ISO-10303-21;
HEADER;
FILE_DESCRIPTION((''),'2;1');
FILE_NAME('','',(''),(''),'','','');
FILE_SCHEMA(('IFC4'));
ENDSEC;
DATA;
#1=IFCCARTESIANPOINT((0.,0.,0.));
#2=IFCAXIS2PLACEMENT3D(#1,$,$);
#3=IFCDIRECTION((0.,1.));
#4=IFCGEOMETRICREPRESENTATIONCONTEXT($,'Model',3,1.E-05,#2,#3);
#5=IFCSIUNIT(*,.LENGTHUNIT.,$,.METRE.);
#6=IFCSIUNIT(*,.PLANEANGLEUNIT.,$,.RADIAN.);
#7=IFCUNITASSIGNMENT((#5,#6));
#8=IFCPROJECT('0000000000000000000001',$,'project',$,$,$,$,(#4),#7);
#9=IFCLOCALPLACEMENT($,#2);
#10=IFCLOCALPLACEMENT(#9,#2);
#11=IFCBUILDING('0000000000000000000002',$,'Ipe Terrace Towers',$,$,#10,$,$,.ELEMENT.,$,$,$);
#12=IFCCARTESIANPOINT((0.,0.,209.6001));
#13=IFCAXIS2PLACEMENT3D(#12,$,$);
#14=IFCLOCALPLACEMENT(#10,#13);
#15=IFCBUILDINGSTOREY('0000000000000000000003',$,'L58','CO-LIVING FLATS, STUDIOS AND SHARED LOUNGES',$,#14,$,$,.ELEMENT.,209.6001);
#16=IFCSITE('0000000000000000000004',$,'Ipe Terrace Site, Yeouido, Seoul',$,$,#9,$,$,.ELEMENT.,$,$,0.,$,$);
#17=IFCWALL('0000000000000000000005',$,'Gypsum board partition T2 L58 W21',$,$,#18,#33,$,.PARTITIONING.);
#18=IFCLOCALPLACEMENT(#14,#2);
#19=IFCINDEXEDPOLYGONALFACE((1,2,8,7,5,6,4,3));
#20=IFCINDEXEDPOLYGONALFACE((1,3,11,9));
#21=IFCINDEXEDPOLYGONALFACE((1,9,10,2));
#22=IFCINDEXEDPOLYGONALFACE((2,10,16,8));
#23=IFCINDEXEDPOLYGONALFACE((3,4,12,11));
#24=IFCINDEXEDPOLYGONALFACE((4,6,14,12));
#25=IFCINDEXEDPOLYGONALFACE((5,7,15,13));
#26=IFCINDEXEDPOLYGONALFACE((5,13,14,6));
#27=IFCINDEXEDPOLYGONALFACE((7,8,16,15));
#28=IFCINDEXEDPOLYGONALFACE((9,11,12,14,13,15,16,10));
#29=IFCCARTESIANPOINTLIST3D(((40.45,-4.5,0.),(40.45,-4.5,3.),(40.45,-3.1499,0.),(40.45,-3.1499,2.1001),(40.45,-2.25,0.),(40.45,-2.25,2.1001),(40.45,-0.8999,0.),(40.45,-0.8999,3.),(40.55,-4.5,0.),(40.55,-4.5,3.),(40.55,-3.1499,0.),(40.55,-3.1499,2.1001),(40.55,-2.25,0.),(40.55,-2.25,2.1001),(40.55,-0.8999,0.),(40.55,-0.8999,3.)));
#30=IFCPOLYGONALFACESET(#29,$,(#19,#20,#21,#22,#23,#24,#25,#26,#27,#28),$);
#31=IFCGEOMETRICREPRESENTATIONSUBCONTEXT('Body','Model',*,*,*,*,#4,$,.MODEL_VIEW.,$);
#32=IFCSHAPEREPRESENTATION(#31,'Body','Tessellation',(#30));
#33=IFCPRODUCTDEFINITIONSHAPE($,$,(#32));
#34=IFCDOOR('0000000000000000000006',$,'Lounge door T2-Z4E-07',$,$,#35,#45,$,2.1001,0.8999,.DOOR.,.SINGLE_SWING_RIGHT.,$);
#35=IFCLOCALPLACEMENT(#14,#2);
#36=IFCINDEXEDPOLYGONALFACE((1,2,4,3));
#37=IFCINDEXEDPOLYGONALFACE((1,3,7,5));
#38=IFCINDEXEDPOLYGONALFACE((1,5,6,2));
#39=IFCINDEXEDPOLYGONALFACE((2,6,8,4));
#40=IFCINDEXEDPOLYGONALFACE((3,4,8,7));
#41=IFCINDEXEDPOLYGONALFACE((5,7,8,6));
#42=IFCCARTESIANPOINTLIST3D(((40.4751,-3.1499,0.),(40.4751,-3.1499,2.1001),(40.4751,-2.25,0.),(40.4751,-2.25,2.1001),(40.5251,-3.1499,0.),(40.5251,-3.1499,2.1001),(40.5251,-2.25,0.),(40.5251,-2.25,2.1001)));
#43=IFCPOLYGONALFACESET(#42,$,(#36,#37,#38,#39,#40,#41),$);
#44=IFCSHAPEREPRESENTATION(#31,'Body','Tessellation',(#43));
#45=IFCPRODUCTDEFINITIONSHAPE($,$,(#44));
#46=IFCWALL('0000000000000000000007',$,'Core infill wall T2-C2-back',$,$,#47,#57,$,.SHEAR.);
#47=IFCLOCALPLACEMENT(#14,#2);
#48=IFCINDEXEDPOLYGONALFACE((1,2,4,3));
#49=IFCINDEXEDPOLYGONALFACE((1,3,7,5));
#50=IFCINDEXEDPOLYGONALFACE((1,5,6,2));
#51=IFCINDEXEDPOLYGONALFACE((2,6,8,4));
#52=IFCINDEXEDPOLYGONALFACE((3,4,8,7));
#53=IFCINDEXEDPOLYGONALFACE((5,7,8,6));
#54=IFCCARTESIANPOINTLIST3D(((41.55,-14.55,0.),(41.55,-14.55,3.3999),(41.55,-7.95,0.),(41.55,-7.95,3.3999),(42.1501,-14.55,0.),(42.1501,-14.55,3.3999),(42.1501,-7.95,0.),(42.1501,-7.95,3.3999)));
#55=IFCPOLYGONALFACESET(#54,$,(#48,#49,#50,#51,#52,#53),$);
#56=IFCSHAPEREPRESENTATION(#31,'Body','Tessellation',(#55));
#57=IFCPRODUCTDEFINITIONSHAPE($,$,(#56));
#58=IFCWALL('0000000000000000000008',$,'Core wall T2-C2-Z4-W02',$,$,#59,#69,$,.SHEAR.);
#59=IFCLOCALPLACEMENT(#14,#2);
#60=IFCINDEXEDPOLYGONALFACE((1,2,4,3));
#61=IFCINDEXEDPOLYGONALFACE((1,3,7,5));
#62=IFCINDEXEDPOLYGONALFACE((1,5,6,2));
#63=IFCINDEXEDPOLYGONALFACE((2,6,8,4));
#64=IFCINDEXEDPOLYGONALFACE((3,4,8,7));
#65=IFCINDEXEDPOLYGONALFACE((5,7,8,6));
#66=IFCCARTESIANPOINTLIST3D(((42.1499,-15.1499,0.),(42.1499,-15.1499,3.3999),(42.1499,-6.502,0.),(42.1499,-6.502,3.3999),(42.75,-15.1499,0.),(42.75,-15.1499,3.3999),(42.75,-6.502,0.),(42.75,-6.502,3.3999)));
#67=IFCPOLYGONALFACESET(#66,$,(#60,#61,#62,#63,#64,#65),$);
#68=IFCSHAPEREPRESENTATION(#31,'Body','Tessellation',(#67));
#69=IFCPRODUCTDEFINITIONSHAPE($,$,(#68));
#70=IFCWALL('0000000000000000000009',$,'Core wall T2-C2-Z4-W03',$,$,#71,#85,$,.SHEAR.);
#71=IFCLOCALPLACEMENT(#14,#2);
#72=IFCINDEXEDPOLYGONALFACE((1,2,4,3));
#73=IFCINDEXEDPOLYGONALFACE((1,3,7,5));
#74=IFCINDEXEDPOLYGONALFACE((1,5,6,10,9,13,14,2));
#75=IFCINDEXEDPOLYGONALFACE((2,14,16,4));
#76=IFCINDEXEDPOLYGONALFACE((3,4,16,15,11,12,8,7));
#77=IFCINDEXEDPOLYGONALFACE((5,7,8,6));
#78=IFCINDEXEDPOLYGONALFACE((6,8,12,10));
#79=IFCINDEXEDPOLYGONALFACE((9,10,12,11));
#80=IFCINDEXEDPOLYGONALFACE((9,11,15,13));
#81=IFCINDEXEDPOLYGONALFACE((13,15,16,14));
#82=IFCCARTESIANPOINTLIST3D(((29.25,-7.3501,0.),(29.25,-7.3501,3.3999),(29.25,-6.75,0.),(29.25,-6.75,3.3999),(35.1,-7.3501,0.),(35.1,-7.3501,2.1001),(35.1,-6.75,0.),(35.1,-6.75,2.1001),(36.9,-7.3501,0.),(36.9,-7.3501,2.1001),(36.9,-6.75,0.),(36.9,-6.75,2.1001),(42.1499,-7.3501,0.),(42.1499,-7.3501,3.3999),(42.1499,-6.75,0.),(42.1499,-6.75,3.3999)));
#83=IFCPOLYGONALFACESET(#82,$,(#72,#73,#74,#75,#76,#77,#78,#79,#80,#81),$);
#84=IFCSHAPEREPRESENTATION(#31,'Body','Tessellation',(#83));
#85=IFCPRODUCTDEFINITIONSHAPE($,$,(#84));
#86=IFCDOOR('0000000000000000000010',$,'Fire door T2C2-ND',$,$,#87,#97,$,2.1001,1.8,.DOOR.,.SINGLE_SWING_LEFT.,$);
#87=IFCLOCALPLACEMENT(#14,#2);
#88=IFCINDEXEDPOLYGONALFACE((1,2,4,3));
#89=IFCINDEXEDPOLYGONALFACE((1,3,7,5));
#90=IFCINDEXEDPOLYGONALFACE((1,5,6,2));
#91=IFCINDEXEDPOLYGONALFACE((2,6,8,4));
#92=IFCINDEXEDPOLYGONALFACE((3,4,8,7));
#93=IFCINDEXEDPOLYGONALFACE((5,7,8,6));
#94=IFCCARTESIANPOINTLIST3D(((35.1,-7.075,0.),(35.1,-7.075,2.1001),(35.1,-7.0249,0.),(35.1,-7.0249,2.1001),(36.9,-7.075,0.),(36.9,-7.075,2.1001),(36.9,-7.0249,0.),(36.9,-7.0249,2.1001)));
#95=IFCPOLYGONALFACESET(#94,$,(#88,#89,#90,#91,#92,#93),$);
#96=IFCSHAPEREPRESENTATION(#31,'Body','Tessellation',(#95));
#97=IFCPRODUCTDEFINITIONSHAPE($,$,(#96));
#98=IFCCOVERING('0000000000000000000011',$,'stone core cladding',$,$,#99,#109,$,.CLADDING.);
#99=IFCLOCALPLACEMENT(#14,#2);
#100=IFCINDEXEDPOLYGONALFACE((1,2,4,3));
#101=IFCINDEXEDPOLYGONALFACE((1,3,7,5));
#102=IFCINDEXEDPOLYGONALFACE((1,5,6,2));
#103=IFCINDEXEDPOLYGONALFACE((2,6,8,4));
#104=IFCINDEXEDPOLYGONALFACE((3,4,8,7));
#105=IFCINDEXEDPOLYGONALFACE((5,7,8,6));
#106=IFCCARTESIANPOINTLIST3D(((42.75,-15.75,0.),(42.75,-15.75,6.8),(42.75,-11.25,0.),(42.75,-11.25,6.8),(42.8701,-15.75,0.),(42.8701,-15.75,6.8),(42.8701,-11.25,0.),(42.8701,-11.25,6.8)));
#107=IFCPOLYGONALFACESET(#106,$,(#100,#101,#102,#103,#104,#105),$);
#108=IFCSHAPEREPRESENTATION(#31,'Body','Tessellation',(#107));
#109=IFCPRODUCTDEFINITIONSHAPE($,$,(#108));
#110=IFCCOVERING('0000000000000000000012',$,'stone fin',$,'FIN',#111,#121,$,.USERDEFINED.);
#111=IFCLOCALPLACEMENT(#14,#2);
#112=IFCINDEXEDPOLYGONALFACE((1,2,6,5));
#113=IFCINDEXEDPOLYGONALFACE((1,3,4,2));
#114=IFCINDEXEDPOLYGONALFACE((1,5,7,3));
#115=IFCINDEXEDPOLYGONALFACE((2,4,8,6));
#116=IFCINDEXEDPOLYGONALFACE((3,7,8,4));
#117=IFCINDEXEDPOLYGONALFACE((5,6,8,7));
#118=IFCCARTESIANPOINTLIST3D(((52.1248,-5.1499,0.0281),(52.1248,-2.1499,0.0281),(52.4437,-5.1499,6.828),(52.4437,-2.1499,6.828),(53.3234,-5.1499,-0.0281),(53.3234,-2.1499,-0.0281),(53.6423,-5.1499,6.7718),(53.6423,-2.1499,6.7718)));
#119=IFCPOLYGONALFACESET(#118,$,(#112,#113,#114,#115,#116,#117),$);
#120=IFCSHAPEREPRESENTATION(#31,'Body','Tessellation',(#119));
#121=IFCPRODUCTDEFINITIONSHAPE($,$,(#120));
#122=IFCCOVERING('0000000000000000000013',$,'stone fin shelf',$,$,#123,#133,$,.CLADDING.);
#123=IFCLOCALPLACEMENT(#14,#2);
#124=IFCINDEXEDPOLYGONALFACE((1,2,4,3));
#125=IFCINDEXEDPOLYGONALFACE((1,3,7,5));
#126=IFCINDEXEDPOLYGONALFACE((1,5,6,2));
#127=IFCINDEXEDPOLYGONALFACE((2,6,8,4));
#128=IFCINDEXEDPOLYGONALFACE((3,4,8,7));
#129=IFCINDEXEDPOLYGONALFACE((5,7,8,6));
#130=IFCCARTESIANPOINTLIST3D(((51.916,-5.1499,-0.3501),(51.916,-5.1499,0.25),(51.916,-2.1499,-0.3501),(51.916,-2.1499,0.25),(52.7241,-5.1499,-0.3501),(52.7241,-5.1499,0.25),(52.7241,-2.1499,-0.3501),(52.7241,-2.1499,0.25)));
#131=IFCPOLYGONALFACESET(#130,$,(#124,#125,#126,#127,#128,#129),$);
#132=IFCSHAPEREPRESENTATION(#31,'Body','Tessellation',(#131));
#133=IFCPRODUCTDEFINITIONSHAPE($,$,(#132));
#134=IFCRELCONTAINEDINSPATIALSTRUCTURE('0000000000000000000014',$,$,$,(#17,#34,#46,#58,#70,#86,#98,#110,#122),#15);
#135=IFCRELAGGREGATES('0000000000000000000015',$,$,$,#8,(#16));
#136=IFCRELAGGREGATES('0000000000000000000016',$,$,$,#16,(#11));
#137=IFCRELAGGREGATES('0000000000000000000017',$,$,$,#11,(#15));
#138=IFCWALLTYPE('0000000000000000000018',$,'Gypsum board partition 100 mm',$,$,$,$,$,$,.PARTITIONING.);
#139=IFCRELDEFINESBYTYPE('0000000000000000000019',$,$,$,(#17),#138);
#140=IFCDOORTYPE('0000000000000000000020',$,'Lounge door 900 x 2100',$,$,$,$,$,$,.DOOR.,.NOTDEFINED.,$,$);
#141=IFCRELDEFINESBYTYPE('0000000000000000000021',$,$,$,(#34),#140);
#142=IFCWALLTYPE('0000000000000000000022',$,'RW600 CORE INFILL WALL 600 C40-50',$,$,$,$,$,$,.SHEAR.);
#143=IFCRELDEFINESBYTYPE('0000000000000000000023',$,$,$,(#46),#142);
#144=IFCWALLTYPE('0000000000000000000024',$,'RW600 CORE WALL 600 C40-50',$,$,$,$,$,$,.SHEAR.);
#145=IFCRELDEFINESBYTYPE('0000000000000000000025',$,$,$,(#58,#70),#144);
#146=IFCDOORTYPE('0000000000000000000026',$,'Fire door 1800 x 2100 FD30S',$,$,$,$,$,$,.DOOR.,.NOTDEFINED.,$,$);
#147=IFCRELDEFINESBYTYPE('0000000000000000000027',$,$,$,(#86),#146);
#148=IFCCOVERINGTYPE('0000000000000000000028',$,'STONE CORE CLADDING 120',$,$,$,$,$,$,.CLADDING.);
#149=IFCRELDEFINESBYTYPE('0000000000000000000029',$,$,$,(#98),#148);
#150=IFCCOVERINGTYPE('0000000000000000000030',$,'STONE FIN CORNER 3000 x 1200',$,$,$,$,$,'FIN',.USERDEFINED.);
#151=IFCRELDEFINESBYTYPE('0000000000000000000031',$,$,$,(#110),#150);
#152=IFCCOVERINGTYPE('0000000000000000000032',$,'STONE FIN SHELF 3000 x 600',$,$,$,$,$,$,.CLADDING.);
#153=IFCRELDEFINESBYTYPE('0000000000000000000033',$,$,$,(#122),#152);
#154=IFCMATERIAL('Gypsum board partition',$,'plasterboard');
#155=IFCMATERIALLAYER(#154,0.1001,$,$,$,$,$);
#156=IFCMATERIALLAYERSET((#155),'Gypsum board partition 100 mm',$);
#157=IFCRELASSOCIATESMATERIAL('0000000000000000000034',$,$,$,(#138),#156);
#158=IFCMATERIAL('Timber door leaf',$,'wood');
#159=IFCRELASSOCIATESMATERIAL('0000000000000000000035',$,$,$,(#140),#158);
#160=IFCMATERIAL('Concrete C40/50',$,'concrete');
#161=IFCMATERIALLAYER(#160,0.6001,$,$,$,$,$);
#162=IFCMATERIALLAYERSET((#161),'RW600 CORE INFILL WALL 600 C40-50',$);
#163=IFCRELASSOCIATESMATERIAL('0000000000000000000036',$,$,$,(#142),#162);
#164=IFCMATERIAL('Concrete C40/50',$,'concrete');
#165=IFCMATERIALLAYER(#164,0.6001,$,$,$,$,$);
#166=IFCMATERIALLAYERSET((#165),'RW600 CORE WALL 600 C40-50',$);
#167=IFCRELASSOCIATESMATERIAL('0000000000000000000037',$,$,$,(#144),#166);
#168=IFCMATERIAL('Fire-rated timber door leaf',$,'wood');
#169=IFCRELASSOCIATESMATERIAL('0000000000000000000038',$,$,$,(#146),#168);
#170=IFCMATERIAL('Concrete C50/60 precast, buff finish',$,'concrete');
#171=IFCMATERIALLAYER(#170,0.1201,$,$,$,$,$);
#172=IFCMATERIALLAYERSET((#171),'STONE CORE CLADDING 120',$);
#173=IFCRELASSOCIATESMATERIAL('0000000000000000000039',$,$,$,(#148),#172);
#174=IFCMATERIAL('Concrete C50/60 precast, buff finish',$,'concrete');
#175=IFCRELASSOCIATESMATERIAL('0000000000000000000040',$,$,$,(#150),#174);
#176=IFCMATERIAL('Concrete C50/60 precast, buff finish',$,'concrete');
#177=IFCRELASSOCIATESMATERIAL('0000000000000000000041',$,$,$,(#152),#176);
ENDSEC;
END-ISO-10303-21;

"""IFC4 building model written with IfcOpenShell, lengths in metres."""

from ifc_helpers import new_model, si_unit, direction, frame, frame_2d, origin, origin_2d, place, context, subcontext, project, spatial, rectangle, extrude, material, layer, layer_set, material_profile, profile_set, type_object, element, fill, save


model = new_model("IFC4")

# Units and contexts
model_context = context("Model", 3, precision=1e-05, world=origin(), true_north=direction((0.0, 1.0)))
body_context = subcontext(model_context, "Body", "Model", "MODEL_VIEW")
ifc_project = project(units=[si_unit("LENGTHUNIT", "METRE"), si_unit("PLANEANGLEUNIT", "RADIAN")], contexts=[model_context])

# Site, building, storey
site_placement = place(None, origin())
site = spatial("IfcSite", under=ifc_project, at=site_placement, Name="Ipe Terrace Site, Yeouido, Seoul", CompositionType="ELEMENT", RefElevation=0.0)
building_placement = place(site_placement, origin())
building = spatial("IfcBuilding", under=site, at=building_placement, Name="Ipe Terrace Towers", CompositionType="ELEMENT")
storey_placement = place(building_placement, frame((0.0, 0.0, 209.6001)))
storey = spatial("IfcBuildingStorey", under=building, at=storey_placement, Name="L58", Description="CO-LIVING FLATS, STUDIOS AND SHARED LOUNGES", CompositionType="ELEMENT", Elevation=209.6001)

# Shared definitions
ifc_material_1 = material(Name="Gypsum board partition", Category="plasterboard")
ifc_layer_1 = layer(ifc_material_1, 0.1001)
ifc_layer_set_1 = layer_set([ifc_layer_1], Name="Gypsum board partition 100 mm")
wall_type_1 = type_object("IfcWallType", Name="Gypsum board partition 100 mm", PredefinedType="PARTITIONING", material=ifc_layer_set_1)

# Wall, opening, door
wall_1_placement = place(storey_placement, frame((40.5, -4.5, 0.0), z_axis=(0.0, 0.0, 1.0), x_axis=(0.0, 1.0, 0.0)))
wall_1 = element("IfcWall", 1, at=wall_1_placement, inside=storey, type_object=wall_type_1, Name="Gypsum board partition T2 L58 W21", PredefinedType="PARTITIONING", context=body_context, shape_type="SweptSolid", body=[
    extrude(rectangle(XDim=3.6001, YDim=0.1001, at=frame_2d((1.8, 0.0))), origin(), (0.0, 0.0, 1.0), 3.0),
])
opening_1_placement = place(wall_1_placement, frame((1.3501, 0.0, 0.0)))
opening_1 = element("IfcOpeningElement", 2, at=opening_1_placement, cuts=wall_1, PredefinedType="OPENING", context=body_context, shape_type="SweptSolid", body=[
    extrude(rectangle(XDim=0.8999, YDim=2.1001, at=frame_2d((0.45, 1.05))), frame((0.0, 0.0601, 0.0), z_axis=(0.0, -1.0, 0.0), x_axis=(1.0, 0.0, 0.0)), (0.0, 0.0, 1.0), 0.1201),
])
ifc_material_2 = material(Name="Timber door leaf", Category="wood")
door_type_1 = type_object("IfcDoorType", Name="Lounge door 900 x 2100", OperationType="NOTDEFINED", PredefinedType="DOOR", material=ifc_material_2)
door_1_placement = place(opening_1_placement, origin())
door_1 = element("IfcDoor", 3, at=door_1_placement, inside=storey, type_object=door_type_1, Name="Lounge door T2-Z4E-07", OperationType="SINGLE_SWING_RIGHT", OverallHeight=2.1001, OverallWidth=0.8999, PredefinedType="DOOR", context=body_context, shape_type="SweptSolid", body=[
    extrude(rectangle(XDim=0.8999, YDim=2.1001, at=frame_2d((0.45, 1.05))), frame((0.0, 0.0249, 0.0), z_axis=(0.0, -1.0, 0.0), x_axis=(1.0, 0.0, 0.0)), (0.0, 0.0, 1.0), 0.05),
])
fill(opening_1, door_1)

# Walls
ifc_material_3 = material(Name="Concrete C40/50", Category="concrete")
ifc_layer_2 = layer(ifc_material_3, 0.6001)
ifc_layer_set_2 = layer_set([ifc_layer_2], Name="RW600 CORE INFILL WALL 600 C40-50")
wall_type_2 = type_object("IfcWallType", Name="RW600 CORE INFILL WALL 600 C40-50", PredefinedType="SHEAR", material=ifc_layer_set_2)
wall_2_placement = place(storey_placement, frame((41.8501, -7.95, 0.0), z_axis=(0.0, 0.0, 1.0), x_axis=(0.0, -1.0, 0.0)))
element("IfcWall", 4, at=wall_2_placement, inside=storey, type_object=wall_type_2, Name="Core infill wall T2-C2-back", PredefinedType="SHEAR", context=body_context, shape_type="SweptSolid", body=[
    extrude(rectangle(XDim=6.6001, YDim=0.6001, at=frame_2d((3.3, 0.0))), origin(), (0.0, 0.0, 1.0), 3.3999),
])
ifc_material_4 = material(Name="Concrete C40/50", Category="concrete")
ifc_layer_3 = layer(ifc_material_4, 0.6001)
ifc_layer_set_3 = layer_set([ifc_layer_3], Name="RW600 CORE WALL 600 C40-50")
wall_type_3 = type_object("IfcWallType", Name="RW600 CORE WALL 600 C40-50", PredefinedType="SHEAR", material=ifc_layer_set_3)
wall_3_placement = place(storey_placement, frame((42.45, -15.1499, 0.0), z_axis=(0.0, 0.0, 1.0), x_axis=(0.0, 1.0, 0.0)))
element("IfcWall", 5, at=wall_3_placement, inside=storey, type_object=wall_type_3, Name="Core wall T2-C2-Z4-W02", PredefinedType="SHEAR", context=body_context, shape_type="SweptSolid", body=[
    extrude(rectangle(XDim=8.6479, YDim=0.6001, at=frame_2d((4.324, 0.0))), origin(), (0.0, 0.0, 1.0), 3.3999),
])

# Wall, opening, door
wall_4_placement = place(storey_placement, frame((42.1499, -7.05, 0.0), z_axis=(0.0, 0.0, 1.0), x_axis=(-1.0, 0.0, 0.0)))
wall_4 = element("IfcWall", 6, at=wall_4_placement, inside=storey, type_object=wall_type_3, Name="Core wall T2-C2-Z4-W03", PredefinedType="SHEAR", context=body_context, shape_type="SweptSolid", body=[
    extrude(rectangle(XDim=12.8999, YDim=0.6001, at=frame_2d((6.45, 0.0))), origin(), (0.0, 0.0, 1.0), 3.3999),
])
opening_2_placement = place(wall_4_placement, frame((5.25, 0.0, 0.0)))
opening_2 = element("IfcOpeningElement", 7, at=opening_2_placement, cuts=wall_4, PredefinedType="OPENING", context=body_context, shape_type="SweptSolid", body=[
    extrude(rectangle(XDim=1.8, YDim=2.1001, at=frame_2d((0.8999, 1.05))), frame((0.0, 0.3101, 0.0), z_axis=(0.0, -1.0, 0.0), x_axis=(1.0, 0.0, 0.0)), (0.0, 0.0, 1.0), 0.6201),
])
ifc_material_5 = material(Name="Fire-rated timber door leaf", Category="wood")
door_type_2 = type_object("IfcDoorType", Name="Fire door 1800 x 2100 FD30S", OperationType="NOTDEFINED", PredefinedType="DOOR", material=ifc_material_5)
door_2_placement = place(opening_2_placement, origin())
door_2 = element("IfcDoor", 8, at=door_2_placement, inside=storey, type_object=door_type_2, Name="Fire door T2C2-ND", OperationType="SINGLE_SWING_LEFT", OverallHeight=2.1001, OverallWidth=1.8, PredefinedType="DOOR", context=body_context, shape_type="SweptSolid", body=[
    extrude(rectangle(XDim=1.8, YDim=2.1001, at=frame_2d((0.8999, 1.05))), frame((0.0, 0.0249, 0.0), z_axis=(0.0, -1.0, 0.0), x_axis=(1.0, 0.0, 0.0)), (0.0, 0.0, 1.0), 0.05),
])
fill(opening_2, door_2)

# Coverings
ifc_material_6 = material(Name="Concrete C50/60 precast, buff finish", Category="concrete")
ifc_layer_4 = layer(ifc_material_6, 0.1201)
ifc_layer_set_4 = layer_set([ifc_layer_4], Name="STONE CORE CLADDING 120")
covering_type_1 = type_object("IfcCoveringType", Name="STONE CORE CLADDING 120", PredefinedType="CLADDING", material=ifc_layer_set_4)
covering_1_placement = place(storey_placement, frame((42.8101, -13.5, 0.0), z_axis=(0.0, 0.0, 1.0), x_axis=(0.0, 1.0, 0.0)))
element("IfcCovering", 9, at=covering_1_placement, inside=storey, type_object=covering_type_1, Name="stone core cladding", PredefinedType="CLADDING", context=body_context, shape_type="SweptSolid", body=[
    extrude(rectangle(XDim=4.5, YDim=0.1201, at=origin_2d()), origin(), (0.0, 0.0, 1.0), 6.8),
])
ifc_material_7 = material(Name="Concrete C50/60 precast, buff finish", Category="concrete")
ifc_material_profile_1 = material_profile(ifc_material_7, rectangle(XDim=3.0, YDim=1.2, at=origin_2d()), Name="STONE FIN CORNER 3000 x 1200")
ifc_profile_set_1 = profile_set([ifc_material_profile_1], Name="Concrete C50/60 precast, buff finish")
covering_type_2 = type_object("IfcCoveringType", Name="STONE FIN CORNER 3000 x 1200", ElementType="FIN", PredefinedType="USERDEFINED", material=ifc_profile_set_1)
covering_2_placement = place(storey_placement, frame((52.7241, -3.6499, 0.0), z_axis=(0.046839, 0.0, 0.998902), x_axis=(0.0, 1.0, 0.0)))
element("IfcCovering", 10, at=covering_2_placement, inside=storey, type_object=covering_type_2, Name="stone fin", ObjectType="FIN", PredefinedType="USERDEFINED", context=body_context, shape_type="SweptSolid", body=[
    extrude(rectangle(XDim=3.0, YDim=1.2, at=origin_2d()), origin(), (0.0, 0.0, 1.0), 6.8074),
])
ifc_material_8 = material(Name="Concrete C50/60 precast, buff finish", Category="concrete")
covering_type_3 = type_object("IfcCoveringType", Name="STONE FIN SHELF 3000 x 600", PredefinedType="CLADDING", material=ifc_material_8)
covering_3_placement = place(storey_placement, frame((52.3201, -3.6499, -0.3501), z_axis=(0.0, 0.0, 1.0), x_axis=(0.0, 1.0, 0.0)))
element("IfcCovering", 11, at=covering_3_placement, inside=storey, type_object=covering_type_3, Name="stone fin shelf", PredefinedType="CLADDING", context=body_context, shape_type="SweptSolid", body=[
    extrude(rectangle(XDim=3.0, YDim=0.8081, at=origin_2d()), origin(), (0.0, 0.0, 1.0), 0.6001),
])

save(model, "model.ifc")
